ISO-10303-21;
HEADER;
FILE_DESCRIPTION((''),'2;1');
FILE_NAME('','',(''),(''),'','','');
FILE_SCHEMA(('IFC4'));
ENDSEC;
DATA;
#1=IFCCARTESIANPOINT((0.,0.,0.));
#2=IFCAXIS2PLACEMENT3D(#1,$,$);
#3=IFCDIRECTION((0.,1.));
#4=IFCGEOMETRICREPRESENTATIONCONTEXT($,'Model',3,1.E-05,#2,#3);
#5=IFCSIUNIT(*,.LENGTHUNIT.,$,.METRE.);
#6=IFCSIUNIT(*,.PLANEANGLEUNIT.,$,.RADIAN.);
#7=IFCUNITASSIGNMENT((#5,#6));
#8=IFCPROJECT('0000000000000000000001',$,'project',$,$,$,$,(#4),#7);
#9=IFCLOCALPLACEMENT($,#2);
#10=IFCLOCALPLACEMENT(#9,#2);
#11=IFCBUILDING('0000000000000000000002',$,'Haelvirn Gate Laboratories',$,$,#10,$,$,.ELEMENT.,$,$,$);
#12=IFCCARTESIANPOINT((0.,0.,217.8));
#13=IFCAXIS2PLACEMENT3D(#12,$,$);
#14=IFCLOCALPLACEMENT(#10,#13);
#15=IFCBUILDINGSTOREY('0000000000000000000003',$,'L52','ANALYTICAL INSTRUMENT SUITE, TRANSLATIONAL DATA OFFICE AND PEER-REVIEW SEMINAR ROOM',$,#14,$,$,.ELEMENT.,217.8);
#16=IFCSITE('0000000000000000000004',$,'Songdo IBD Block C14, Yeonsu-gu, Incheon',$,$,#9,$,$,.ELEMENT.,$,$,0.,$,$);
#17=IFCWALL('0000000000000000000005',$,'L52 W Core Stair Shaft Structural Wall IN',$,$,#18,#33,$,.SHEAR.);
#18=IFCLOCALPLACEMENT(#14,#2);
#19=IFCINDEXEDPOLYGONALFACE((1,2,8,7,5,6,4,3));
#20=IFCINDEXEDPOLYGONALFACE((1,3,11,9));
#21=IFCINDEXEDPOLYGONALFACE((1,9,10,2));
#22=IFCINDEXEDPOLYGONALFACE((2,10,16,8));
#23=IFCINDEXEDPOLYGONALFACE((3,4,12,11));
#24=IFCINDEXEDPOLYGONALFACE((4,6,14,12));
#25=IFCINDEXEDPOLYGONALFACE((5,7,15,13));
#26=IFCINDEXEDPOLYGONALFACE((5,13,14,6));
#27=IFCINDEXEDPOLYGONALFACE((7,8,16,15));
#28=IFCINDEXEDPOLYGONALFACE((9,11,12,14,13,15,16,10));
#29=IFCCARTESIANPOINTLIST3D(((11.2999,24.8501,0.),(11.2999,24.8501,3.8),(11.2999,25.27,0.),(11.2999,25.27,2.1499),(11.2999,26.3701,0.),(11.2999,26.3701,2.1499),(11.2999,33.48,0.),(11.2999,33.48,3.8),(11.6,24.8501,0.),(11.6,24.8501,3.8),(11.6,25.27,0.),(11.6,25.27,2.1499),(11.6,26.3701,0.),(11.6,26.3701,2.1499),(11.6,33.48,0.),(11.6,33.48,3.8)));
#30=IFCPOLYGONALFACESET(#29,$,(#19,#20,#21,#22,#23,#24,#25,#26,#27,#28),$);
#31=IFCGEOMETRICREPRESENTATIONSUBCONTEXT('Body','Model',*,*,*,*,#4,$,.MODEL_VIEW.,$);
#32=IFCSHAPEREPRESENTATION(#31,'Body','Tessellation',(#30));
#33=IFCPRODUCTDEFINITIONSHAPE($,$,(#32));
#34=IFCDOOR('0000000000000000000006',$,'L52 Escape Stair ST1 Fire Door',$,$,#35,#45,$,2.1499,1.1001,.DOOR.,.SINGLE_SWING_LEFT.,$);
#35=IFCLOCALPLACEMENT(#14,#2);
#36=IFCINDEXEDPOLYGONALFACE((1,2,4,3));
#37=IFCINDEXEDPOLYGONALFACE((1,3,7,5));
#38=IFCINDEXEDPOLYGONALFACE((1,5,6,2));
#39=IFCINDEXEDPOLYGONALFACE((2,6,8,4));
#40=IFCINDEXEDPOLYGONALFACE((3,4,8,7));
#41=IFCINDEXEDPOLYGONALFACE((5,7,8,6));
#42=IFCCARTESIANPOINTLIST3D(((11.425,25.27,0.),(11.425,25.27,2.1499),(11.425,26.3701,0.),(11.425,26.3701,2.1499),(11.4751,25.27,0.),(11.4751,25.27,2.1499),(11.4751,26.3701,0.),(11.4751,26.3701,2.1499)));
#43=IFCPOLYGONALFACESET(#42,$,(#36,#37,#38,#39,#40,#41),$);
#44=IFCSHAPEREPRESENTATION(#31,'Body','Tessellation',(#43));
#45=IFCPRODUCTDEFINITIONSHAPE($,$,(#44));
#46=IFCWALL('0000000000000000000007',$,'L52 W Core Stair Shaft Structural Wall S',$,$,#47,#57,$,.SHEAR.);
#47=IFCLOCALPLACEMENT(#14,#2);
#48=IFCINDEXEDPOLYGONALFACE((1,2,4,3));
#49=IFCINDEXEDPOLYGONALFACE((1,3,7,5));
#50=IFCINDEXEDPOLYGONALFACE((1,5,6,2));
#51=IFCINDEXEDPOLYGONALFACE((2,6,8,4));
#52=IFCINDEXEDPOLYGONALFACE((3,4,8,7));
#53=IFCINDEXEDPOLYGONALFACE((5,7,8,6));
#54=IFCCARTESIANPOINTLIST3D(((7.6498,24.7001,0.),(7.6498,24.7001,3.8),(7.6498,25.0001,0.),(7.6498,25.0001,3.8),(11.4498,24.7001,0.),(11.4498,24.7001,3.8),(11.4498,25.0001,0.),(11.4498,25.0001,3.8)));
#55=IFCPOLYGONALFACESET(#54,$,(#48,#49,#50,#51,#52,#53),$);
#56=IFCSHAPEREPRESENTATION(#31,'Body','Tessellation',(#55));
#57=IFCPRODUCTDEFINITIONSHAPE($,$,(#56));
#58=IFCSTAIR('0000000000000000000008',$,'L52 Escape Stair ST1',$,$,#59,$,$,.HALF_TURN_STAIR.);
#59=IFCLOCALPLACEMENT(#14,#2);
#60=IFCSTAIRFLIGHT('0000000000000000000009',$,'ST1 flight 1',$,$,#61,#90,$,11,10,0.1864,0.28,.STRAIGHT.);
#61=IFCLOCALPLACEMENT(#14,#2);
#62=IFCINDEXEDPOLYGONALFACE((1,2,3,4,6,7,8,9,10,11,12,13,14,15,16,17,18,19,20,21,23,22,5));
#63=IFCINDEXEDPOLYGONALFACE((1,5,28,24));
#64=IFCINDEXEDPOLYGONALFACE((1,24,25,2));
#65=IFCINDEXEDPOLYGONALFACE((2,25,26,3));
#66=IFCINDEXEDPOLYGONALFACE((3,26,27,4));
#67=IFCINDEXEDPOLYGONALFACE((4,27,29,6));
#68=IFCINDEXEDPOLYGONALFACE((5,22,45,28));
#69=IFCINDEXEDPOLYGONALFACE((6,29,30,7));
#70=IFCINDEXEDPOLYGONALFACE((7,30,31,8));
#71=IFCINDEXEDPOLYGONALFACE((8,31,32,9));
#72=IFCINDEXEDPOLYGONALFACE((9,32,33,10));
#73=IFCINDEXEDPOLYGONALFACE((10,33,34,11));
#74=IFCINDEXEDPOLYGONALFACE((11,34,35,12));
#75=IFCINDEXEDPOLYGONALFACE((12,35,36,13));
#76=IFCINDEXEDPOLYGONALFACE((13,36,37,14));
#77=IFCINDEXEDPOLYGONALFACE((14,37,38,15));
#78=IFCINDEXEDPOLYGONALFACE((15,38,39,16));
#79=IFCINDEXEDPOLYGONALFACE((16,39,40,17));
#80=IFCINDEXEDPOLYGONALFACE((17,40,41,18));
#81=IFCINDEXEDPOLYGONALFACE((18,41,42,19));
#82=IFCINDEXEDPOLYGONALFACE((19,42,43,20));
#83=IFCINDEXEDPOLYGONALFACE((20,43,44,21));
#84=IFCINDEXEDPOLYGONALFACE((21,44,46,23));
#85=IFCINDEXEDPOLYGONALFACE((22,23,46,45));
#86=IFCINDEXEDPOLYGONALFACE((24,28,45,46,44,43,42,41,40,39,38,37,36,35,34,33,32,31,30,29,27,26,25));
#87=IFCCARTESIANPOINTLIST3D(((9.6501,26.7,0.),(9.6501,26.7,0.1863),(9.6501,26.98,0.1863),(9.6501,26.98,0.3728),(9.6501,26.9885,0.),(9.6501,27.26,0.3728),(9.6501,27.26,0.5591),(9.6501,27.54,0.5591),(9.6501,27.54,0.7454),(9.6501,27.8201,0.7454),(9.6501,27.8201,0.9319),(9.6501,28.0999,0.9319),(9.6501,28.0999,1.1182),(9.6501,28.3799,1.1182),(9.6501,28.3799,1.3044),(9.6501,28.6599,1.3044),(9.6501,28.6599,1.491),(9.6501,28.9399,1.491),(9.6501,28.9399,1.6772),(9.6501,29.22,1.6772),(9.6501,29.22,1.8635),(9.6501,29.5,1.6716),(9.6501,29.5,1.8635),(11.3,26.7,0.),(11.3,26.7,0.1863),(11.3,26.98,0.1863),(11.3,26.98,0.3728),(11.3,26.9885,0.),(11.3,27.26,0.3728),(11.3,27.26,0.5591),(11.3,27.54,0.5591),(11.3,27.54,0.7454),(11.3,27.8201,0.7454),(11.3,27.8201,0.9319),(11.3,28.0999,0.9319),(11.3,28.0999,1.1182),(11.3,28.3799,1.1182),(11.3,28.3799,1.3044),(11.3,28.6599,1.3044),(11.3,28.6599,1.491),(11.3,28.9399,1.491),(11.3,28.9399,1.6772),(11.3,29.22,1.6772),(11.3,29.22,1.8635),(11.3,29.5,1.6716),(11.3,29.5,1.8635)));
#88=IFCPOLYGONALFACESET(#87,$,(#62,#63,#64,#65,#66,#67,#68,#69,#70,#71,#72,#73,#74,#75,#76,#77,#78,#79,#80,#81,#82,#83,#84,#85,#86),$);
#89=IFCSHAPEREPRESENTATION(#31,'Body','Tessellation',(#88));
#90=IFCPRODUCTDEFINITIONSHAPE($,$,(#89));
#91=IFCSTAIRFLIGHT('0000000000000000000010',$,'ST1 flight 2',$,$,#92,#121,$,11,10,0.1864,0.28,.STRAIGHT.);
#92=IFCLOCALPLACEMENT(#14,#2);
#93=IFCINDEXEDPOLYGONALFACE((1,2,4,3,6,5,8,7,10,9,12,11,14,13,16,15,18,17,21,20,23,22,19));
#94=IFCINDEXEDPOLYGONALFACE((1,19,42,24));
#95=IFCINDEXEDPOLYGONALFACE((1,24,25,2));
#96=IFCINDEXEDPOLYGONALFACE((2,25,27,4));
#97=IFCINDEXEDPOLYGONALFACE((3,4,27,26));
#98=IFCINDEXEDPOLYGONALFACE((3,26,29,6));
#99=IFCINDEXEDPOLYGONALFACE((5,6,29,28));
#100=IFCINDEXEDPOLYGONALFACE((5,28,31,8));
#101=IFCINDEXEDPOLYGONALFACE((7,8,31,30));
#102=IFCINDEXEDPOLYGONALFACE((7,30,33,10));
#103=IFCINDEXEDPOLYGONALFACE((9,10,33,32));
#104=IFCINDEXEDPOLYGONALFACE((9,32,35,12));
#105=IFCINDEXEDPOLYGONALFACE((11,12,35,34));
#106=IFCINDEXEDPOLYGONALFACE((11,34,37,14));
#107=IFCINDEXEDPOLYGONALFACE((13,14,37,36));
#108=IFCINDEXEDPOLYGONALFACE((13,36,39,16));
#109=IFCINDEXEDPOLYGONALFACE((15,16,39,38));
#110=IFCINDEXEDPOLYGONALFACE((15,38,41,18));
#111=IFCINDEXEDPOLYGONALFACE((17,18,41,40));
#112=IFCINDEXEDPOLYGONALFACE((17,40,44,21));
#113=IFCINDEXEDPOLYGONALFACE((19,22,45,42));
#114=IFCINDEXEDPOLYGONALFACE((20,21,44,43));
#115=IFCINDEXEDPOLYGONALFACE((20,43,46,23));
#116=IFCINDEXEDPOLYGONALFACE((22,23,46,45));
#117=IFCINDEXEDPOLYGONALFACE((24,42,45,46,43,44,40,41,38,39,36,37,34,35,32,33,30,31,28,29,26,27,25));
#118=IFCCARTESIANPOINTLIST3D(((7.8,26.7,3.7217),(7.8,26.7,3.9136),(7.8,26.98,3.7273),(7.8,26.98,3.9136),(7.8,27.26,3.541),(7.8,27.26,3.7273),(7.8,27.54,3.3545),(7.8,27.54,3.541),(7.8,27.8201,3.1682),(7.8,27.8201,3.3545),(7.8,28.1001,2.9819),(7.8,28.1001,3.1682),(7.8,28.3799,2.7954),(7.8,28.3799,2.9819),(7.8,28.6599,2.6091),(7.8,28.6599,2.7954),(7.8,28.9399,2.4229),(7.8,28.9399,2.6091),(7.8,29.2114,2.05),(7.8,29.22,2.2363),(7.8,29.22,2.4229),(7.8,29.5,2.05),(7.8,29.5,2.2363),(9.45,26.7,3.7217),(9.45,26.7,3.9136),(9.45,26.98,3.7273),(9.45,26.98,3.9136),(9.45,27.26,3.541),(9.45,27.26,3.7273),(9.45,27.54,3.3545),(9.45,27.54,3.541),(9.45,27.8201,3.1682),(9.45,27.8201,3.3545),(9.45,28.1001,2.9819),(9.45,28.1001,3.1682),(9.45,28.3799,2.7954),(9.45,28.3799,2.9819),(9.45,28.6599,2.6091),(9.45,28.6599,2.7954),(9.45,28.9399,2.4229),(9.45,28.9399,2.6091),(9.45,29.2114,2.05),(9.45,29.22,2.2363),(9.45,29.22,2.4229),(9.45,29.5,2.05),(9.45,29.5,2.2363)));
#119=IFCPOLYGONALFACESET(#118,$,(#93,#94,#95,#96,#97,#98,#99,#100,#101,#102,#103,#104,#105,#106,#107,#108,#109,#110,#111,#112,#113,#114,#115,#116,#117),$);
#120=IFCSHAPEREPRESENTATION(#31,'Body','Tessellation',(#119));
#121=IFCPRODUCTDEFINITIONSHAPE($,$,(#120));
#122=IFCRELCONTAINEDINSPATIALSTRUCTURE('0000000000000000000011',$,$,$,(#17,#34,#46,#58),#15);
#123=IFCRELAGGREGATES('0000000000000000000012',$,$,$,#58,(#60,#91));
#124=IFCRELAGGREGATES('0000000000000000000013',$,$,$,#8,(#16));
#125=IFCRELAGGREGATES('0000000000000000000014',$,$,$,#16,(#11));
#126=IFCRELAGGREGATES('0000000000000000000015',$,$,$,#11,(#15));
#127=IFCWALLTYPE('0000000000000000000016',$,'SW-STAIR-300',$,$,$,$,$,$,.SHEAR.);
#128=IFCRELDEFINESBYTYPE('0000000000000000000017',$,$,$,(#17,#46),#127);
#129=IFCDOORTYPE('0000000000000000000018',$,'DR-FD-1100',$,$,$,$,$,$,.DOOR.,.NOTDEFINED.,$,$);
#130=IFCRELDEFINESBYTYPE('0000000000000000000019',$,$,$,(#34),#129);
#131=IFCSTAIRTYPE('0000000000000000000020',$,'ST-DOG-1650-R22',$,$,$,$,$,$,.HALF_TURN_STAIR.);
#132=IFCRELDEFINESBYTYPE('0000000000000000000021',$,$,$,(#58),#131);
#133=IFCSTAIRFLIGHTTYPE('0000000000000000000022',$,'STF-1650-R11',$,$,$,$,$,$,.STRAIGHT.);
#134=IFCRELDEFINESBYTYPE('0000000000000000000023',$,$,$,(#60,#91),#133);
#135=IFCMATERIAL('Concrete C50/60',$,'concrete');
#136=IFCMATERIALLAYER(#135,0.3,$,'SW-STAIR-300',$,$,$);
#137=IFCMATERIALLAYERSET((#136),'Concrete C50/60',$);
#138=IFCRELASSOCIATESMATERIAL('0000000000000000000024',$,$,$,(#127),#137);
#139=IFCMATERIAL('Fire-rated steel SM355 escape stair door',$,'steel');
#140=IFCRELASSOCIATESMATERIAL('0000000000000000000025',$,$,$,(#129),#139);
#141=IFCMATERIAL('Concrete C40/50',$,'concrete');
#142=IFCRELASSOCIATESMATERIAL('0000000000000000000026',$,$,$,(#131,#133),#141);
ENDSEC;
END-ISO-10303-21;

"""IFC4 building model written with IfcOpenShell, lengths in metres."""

from ifc_helpers import new_model, si_unit, direction, frame, frame_2d, origin, place, context, subcontext, project, spatial, polyline, rectangle, outline, extrude, source, transform, mapped, material, layer, layer_set, type_object, type_shapes, element, fill, aggregate, save


model = new_model("IFC4")

# Units and contexts
model_context = context("Model", 3, precision=1e-05, world=origin(), true_north=direction((0.0, 1.0)))
body_context = subcontext(model_context, "Body", "Model", "MODEL_VIEW")
ifc_project = project(units=[si_unit("LENGTHUNIT", "METRE"), si_unit("PLANEANGLEUNIT", "RADIAN")], contexts=[model_context])

# Site, building, storey
site_placement = place(None, origin())
site = spatial("IfcSite", under=ifc_project, at=site_placement, Name="Songdo IBD Block C14, Yeonsu-gu, Incheon", CompositionType="ELEMENT", RefElevation=0.0)
building_placement = place(site_placement, origin())
building = spatial("IfcBuilding", under=site, at=building_placement, Name="Haelvirn Gate Laboratories", CompositionType="ELEMENT")
storey_placement = place(building_placement, frame((0.0, 0.0, 217.8)))
storey = spatial("IfcBuildingStorey", under=building, at=storey_placement, Name="L52", Description="ANALYTICAL INSTRUMENT SUITE, TRANSLATIONAL DATA OFFICE AND PEER-REVIEW SEMINAR ROOM", CompositionType="ELEMENT", Elevation=217.8)

# Shared definitions
ifc_material_1 = material(Name="Concrete C40/50", Category="concrete")

# Shared definitions
ifc_material_2 = material(Name="Concrete C50/60", Category="concrete")

# Wall, opening, door
ifc_layer_1 = layer(ifc_material_2, 0.3, Name="SW-STAIR-300")
ifc_layer_set_1 = layer_set([ifc_layer_1], Name="Concrete C50/60")
wall_type_1 = type_object("IfcWallType", Name="SW-STAIR-300", PredefinedType="SHEAR", material=ifc_layer_set_1)
wall_1_placement = place(storey_placement, frame((11.45, 24.8501, 0.0), z_axis=(0.0, 0.0, 1.0), x_axis=(0.0, 1.0, 0.0)))
wall_1 = element("IfcWall", 1, at=wall_1_placement, inside=storey, type_object=wall_type_1, Name="L52 W Core Stair Shaft Structural Wall IN", PredefinedType="SHEAR", context=body_context, shape_type="SweptSolid", body=[
    extrude(rectangle(XDim=8.6299, YDim=0.3, at=frame_2d((4.3149, 0.0))), origin(), (0.0, 0.0, 1.0), 3.8),
])
opening_1_placement = place(wall_1_placement, frame((0.4199, 0.0, 0.0)))
opening_1 = element("IfcOpeningElement", 2, at=opening_1_placement, cuts=wall_1, PredefinedType="OPENING", context=body_context, shape_type="SweptSolid", body=[
    extrude(rectangle(XDim=1.1001, YDim=2.1499, at=frame_2d((0.55, 1.075))), frame((0.0, 0.1602, 0.0), z_axis=(0.0, -1.0, 0.0), x_axis=(1.0, 0.0, 0.0)), (0.0, 0.0, 1.0), 0.3201),
])
ifc_material_3 = material(Name="Fire-rated steel SM355 escape stair door", Category="steel")
door_type_1 = type_object("IfcDoorType", Name="DR-FD-1100", OperationType="NOTDEFINED", PredefinedType="DOOR", material=ifc_material_3)
shared_shape_1 = source(origin(), body_context, "Body", "SweptSolid", [
    extrude(rectangle(XDim=1.1001, YDim=2.1499, at=frame_2d((0.55, 1.075))), frame((0.0, 0.0249, 0.0), z_axis=(0.0, -1.0, 0.0), x_axis=(1.0, 0.0, 0.0)), (0.0, 0.0, 1.0), 0.05),
])
type_shapes(door_type_1, [shared_shape_1])
door_1_placement = place(opening_1_placement, origin())
door_1 = element("IfcDoor", 3, at=door_1_placement, inside=storey, type_object=door_type_1, Name="L52 Escape Stair ST1 Fire Door", OperationType="SINGLE_SWING_LEFT", OverallHeight=2.1499, OverallWidth=1.1001, PredefinedType="DOOR", context=body_context, shape_type="MappedRepresentation", body=[
    mapped(shared_shape_1, transform((0.0, 0.0, 0.0), scale=1.0)),
])
fill(opening_1, door_1)

# Wall
wall_2_placement = place(storey_placement, frame((7.6499, 24.8501, 0.0), z_axis=(0.0, 0.0, 1.0), x_axis=(1.0, 0.0, 0.0)))
element("IfcWall", 4, at=wall_2_placement, inside=storey, type_object=wall_type_1, Name="L52 W Core Stair Shaft Structural Wall S", PredefinedType="SHEAR", context=body_context, shape_type="SweptSolid", body=[
    extrude(rectangle(XDim=3.8, YDim=0.3, at=frame_2d((1.8999, 0.0))), origin(), (0.0, 0.0, 1.0), 3.8),
])

# Stair, stair flights
stair_type = type_object("IfcStairType", Name="ST-DOG-1650-R22", PredefinedType="HALF_TURN_STAIR", material=ifc_material_1)
stair_placement = place(storey_placement, origin())
stair = element("IfcStair", 5, at=stair_placement, inside=storey, type_object=stair_type, Name="L52 Escape Stair ST1", PredefinedType="HALF_TURN_STAIR")
stair_flight_type = type_object("IfcStairFlightType", Name="STF-1650-R11", PredefinedType="STRAIGHT", material=ifc_material_1)
shared_shape_2 = source(origin(), body_context, "Body", "SweptSolid", [
    extrude(outline(polyline([(0.0, 0.0), (0.0, 0.1863), (0.28, 0.1863), (0.28, 0.3728), (0.5601, 0.3728), (0.5601, 0.5591), (0.8401, 0.5591), (0.8401, 0.7454), (1.1201, 0.7454), (1.1201, 0.9319), (1.3999, 0.9319), (1.3999, 1.1182), (1.6799, 1.1182), (1.6799, 1.3044), (1.96, 1.3044), (1.96, 1.491), (2.24, 1.491), (2.24, 1.6772), (2.52, 1.6772), (2.52, 1.8635), (2.8, 1.8635), (2.8, 2.05), (2.8, 1.6716), (0.2886, 0.0), (0.0, 0.0)])), frame((0.0, 0.825, 0.0), z_axis=(0.0, -1.0, 0.0), x_axis=(1.0, 0.0, 0.0)), (0.0, 0.0, 1.0), 1.6499),
])
type_shapes(stair_flight_type, [shared_shape_2])
stair_flight_1_placement = place(storey_placement, frame((10.4751, 26.7, 0.0), z_axis=(0.0, 0.0, 1.0), x_axis=(0.0, 1.0, 0.0)))
stair_flight_1 = element("IfcStairFlight", 6, at=stair_flight_1_placement, type_object=stair_flight_type, Name="ST1 flight 1", NumberOfRisers=11, NumberOfTreads=10, PredefinedType="STRAIGHT", RiserHeight=0.1864, TreadLength=0.28, context=body_context, shape_type="MappedRepresentation", body=[
    mapped(shared_shape_2, transform((0.0, 0.0, 0.0), scale=1.0)),
])
stair_flight_2_placement = place(storey_placement, frame((8.625, 29.5, 2.05), z_axis=(0.0, 0.0, 1.0), x_axis=(0.0, -1.0, 0.0)))
stair_flight_2 = element("IfcStairFlight", 7, at=stair_flight_2_placement, type_object=stair_flight_type, Name="ST1 flight 2", NumberOfRisers=11, NumberOfTreads=10, PredefinedType="STRAIGHT", RiserHeight=0.1864, TreadLength=0.28, context=body_context, shape_type="MappedRepresentation", body=[
    mapped(shared_shape_2, transform((0.0, 0.0, 0.0), scale=1.0)),
])
aggregate(stair, [stair_flight_1, stair_flight_2])

save(model, "model.ifc")
